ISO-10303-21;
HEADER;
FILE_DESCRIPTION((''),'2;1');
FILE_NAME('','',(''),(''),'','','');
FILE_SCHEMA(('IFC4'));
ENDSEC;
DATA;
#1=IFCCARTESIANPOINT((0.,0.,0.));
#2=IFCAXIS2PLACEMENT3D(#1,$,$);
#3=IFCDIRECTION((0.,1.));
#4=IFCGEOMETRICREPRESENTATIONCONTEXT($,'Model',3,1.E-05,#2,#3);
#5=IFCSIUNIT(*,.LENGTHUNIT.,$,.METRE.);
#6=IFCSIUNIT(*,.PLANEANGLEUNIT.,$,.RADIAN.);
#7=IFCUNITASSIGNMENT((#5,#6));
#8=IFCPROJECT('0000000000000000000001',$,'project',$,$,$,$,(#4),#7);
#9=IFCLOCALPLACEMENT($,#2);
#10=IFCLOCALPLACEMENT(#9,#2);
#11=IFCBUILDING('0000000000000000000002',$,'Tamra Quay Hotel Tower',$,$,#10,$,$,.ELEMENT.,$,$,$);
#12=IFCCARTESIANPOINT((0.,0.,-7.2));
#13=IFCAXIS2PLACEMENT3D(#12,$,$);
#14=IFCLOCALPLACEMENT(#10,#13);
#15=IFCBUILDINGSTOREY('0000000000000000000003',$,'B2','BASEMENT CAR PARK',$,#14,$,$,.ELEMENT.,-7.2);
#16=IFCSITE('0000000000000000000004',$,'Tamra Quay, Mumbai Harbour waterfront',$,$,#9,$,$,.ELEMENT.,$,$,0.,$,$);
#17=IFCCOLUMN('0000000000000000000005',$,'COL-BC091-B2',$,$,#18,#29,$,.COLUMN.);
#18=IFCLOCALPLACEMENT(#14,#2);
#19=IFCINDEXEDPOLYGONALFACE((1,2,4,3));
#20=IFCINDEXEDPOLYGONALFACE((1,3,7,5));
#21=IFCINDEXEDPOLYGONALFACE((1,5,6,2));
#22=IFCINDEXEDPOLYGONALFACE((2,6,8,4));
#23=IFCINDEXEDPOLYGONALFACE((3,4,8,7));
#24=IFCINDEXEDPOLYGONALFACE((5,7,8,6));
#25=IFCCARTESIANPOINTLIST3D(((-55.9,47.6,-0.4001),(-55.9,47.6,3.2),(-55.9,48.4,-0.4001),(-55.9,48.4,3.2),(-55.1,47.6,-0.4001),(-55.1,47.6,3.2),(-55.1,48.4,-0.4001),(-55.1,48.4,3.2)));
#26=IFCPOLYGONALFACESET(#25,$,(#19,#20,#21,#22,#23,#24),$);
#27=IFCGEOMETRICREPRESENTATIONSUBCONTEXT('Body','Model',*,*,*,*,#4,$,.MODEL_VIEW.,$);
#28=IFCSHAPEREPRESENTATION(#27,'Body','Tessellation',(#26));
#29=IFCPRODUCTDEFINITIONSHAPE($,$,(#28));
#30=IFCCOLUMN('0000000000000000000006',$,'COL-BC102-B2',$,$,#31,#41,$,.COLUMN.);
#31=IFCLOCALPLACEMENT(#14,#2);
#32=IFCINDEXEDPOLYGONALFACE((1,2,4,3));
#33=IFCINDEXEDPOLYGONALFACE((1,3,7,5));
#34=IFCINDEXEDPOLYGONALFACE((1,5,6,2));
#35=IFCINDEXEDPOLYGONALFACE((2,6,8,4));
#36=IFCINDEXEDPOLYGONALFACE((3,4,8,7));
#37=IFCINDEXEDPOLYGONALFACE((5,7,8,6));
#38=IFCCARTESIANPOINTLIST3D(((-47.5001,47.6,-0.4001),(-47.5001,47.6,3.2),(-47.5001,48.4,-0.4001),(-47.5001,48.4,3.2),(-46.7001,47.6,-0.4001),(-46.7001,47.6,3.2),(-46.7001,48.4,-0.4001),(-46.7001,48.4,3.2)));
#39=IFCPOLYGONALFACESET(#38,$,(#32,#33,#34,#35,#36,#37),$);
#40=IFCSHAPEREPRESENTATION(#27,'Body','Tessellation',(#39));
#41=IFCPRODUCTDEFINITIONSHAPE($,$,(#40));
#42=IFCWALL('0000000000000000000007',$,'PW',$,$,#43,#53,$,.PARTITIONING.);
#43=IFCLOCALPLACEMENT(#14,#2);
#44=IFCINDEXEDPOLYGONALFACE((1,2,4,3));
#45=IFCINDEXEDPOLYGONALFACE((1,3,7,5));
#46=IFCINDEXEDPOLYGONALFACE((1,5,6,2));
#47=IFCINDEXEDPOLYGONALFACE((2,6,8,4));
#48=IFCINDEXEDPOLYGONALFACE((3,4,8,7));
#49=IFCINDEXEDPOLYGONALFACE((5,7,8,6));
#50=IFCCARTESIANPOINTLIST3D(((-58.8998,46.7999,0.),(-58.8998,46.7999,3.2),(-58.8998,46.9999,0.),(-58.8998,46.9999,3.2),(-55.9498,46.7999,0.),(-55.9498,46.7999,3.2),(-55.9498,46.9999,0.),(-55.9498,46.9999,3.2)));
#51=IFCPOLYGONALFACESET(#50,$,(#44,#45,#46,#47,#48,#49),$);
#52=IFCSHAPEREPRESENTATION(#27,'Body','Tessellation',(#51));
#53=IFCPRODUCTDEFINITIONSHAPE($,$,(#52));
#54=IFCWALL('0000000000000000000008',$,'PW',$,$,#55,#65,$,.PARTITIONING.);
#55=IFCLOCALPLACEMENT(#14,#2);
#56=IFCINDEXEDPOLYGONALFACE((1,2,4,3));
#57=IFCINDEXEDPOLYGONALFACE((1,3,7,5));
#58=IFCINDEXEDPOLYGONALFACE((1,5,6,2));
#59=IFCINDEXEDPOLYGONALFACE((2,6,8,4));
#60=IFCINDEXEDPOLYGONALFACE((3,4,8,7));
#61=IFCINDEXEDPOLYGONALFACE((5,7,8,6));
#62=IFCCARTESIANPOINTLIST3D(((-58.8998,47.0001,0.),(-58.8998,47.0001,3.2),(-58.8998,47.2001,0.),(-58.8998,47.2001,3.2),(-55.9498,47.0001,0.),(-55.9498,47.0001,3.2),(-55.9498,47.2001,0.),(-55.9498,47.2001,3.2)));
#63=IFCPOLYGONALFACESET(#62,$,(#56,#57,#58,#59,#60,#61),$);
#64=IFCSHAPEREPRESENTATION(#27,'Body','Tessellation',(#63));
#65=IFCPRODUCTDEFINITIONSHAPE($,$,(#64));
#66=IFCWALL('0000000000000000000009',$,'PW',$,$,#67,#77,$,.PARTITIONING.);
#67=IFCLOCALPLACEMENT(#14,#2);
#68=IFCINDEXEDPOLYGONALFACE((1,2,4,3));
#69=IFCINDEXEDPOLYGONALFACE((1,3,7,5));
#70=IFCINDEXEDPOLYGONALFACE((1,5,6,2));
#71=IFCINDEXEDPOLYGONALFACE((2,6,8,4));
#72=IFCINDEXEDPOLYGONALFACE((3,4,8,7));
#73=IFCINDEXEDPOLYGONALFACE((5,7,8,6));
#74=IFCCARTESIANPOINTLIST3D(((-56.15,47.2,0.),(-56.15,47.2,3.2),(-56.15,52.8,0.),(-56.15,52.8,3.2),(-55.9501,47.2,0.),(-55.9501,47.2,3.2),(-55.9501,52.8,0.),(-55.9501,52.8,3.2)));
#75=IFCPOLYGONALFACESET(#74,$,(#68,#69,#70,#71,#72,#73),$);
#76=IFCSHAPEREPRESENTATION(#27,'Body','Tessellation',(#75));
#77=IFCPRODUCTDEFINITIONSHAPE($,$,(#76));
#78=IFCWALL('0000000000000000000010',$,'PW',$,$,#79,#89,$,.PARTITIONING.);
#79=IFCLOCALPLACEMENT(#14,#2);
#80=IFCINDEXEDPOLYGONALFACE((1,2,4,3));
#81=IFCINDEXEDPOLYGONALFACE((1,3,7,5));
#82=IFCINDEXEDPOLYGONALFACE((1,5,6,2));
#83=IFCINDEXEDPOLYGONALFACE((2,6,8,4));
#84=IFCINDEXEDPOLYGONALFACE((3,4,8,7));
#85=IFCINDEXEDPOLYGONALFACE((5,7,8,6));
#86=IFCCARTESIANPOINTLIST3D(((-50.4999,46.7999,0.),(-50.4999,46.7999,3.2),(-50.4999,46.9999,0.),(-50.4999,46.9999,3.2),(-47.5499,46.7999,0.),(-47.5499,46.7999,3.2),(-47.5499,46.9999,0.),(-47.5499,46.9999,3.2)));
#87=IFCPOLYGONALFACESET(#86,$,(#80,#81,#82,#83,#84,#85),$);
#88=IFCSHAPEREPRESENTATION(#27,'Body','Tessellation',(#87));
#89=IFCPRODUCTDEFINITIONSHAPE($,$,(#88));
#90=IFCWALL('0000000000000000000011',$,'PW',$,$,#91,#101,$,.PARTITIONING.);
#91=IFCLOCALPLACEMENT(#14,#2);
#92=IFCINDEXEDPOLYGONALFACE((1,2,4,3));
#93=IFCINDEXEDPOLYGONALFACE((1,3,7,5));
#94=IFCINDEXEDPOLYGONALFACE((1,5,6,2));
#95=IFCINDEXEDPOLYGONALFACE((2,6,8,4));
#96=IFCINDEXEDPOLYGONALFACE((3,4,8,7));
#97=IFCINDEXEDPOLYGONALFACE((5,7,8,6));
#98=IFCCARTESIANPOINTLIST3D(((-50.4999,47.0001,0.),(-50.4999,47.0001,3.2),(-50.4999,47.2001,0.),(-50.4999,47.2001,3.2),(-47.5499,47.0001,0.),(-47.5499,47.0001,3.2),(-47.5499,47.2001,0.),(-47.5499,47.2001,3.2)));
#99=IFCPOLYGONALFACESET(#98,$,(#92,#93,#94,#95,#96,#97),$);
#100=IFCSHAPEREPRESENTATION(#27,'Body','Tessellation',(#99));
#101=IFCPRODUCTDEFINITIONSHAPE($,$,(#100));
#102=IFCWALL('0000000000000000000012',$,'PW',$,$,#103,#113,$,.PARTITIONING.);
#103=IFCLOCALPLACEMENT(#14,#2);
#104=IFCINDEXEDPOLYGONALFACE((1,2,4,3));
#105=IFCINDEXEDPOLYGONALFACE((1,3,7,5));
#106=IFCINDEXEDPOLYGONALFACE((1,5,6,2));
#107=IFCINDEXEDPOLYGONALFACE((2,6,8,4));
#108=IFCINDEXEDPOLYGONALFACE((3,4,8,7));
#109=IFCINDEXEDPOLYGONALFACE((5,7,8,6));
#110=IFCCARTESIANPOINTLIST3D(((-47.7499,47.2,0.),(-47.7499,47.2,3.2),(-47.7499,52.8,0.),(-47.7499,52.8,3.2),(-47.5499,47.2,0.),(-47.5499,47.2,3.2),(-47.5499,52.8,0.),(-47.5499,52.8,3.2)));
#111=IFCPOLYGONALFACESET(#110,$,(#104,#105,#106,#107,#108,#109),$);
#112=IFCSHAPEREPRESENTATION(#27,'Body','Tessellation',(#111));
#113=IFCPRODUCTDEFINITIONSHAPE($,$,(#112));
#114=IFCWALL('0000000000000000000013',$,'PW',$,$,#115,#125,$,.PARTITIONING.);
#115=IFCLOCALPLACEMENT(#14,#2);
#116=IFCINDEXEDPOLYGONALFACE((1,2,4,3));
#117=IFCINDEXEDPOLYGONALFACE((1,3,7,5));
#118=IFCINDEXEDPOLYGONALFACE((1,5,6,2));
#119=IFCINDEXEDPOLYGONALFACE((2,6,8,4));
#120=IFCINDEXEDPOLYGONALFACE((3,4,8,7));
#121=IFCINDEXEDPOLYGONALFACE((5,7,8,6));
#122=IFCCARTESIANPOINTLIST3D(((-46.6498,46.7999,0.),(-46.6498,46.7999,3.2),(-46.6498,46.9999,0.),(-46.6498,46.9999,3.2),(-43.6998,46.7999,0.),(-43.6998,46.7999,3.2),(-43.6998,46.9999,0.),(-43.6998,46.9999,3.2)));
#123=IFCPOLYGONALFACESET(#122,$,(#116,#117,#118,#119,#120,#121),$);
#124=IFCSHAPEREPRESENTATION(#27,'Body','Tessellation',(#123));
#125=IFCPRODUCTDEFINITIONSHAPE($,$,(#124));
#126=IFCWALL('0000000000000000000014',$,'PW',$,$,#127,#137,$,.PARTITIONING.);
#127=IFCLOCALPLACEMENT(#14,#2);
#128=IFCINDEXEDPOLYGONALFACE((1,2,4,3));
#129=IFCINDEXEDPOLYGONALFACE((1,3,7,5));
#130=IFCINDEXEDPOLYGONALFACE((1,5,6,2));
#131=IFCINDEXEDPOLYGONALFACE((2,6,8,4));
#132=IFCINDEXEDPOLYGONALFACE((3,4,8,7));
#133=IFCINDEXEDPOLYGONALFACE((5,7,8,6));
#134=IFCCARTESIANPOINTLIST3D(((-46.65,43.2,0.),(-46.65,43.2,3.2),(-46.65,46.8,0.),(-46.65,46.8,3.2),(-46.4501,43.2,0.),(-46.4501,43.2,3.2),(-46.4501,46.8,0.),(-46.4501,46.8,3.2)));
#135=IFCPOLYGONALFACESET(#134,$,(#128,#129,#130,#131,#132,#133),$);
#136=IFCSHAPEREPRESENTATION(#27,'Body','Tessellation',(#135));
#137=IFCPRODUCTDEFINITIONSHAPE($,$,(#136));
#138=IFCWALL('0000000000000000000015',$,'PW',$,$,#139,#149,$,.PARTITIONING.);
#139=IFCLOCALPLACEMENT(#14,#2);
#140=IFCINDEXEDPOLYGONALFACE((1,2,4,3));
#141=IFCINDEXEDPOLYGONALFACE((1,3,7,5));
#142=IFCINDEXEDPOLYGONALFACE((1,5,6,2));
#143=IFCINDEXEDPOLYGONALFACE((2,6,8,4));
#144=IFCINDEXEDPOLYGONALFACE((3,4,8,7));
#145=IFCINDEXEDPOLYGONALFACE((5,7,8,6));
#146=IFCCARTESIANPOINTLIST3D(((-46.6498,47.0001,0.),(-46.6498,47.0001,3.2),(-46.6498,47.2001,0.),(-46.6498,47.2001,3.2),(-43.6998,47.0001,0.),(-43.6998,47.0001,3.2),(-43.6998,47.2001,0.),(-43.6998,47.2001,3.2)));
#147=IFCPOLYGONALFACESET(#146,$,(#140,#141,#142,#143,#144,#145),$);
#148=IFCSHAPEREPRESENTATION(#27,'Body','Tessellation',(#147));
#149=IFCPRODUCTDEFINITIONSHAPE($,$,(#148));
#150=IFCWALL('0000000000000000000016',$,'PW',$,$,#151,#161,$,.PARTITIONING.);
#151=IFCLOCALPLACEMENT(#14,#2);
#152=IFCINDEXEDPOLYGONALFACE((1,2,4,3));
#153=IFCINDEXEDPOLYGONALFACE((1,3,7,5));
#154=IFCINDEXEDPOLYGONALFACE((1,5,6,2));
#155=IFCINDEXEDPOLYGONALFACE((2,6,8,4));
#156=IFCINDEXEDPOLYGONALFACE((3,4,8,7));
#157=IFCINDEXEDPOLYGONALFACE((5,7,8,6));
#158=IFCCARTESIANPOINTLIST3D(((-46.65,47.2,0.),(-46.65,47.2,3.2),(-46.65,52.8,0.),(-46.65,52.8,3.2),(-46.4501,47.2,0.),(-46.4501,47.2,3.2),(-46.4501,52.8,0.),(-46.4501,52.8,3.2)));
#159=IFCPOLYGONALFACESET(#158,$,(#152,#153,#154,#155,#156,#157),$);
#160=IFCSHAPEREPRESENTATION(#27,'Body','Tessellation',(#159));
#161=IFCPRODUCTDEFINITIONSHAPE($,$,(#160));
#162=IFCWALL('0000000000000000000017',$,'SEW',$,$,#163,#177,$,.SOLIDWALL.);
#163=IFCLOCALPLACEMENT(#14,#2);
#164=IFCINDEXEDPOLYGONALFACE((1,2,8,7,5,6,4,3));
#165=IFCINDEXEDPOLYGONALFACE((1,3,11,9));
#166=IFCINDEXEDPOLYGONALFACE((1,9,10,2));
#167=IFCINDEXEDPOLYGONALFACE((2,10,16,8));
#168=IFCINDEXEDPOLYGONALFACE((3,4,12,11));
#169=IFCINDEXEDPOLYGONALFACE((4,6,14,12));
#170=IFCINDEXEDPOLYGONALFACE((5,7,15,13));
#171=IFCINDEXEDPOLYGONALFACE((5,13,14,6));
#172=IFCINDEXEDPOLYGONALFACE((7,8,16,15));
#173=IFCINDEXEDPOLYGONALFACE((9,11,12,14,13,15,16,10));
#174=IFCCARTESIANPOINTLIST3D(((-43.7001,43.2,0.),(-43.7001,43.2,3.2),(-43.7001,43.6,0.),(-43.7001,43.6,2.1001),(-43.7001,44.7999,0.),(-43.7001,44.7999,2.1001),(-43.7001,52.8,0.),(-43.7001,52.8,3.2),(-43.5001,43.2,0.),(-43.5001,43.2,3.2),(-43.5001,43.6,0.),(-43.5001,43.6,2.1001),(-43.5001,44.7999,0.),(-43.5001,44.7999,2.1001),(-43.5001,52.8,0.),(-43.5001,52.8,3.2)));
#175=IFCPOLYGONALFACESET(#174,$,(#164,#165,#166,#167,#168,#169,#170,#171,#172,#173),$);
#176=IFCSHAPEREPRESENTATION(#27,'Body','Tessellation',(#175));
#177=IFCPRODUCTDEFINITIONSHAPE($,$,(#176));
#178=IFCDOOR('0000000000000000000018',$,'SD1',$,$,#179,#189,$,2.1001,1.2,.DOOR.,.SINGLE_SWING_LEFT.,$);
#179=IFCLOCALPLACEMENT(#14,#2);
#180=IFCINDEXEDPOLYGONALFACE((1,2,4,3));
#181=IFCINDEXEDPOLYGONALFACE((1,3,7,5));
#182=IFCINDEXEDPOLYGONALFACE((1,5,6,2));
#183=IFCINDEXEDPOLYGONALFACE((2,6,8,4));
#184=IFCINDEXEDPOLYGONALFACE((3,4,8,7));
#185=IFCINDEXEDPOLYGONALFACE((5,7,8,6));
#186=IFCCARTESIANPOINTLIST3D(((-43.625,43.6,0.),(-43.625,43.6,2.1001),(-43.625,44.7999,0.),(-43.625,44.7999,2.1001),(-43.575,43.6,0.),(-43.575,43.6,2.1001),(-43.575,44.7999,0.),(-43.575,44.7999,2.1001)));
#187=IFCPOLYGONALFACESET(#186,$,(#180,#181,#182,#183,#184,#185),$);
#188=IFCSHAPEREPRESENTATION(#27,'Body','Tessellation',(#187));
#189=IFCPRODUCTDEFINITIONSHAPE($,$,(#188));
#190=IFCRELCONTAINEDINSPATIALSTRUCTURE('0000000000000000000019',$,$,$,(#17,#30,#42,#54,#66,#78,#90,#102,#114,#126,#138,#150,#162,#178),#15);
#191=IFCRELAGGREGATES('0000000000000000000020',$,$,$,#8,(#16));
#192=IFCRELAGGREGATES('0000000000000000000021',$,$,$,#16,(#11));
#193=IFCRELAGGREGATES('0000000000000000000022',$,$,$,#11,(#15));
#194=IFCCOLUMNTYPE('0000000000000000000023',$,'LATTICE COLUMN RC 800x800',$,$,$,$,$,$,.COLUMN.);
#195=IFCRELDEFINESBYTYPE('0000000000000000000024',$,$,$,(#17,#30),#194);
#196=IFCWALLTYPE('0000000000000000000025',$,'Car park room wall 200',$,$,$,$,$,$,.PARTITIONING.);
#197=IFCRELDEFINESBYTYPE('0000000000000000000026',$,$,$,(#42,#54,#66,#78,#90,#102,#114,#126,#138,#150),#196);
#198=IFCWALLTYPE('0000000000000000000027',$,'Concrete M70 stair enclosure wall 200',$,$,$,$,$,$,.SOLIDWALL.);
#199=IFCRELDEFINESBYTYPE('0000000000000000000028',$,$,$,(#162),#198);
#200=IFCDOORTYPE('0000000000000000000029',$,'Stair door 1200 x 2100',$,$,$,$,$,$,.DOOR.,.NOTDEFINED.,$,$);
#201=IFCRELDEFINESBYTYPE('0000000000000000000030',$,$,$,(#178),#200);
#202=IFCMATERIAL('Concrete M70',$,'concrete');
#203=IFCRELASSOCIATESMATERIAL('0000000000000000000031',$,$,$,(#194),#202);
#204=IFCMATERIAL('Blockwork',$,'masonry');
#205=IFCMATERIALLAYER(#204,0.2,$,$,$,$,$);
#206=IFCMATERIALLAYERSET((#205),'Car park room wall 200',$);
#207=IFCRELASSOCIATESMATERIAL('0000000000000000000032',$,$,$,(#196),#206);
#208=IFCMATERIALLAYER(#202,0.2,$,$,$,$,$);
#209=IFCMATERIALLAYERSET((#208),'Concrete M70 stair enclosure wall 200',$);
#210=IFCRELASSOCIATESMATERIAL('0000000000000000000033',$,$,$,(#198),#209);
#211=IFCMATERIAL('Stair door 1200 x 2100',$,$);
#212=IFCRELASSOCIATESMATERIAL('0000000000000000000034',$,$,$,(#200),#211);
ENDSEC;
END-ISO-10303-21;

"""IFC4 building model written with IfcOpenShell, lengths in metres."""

from ifc_helpers import new_model, si_unit, direction, frame, frame_2d, origin, origin_2d, place, context, subcontext, project, spatial, rectangle, extrude, material, layer, layer_set, material_profile, profile_set, type_object, element, fill, save


model = new_model("IFC4")

# Units and contexts
model_context = context("Model", 3, precision=1e-05, world=origin(), true_north=direction((0.0, 1.0)))
body_context = subcontext(model_context, "Body", "Model", "MODEL_VIEW")
ifc_project = project(units=[si_unit("LENGTHUNIT", "METRE"), si_unit("PLANEANGLEUNIT", "RADIAN")], contexts=[model_context])

# Site, building, storey
site_placement = place(None, origin())
site = spatial("IfcSite", under=ifc_project, at=site_placement, Name="Tamra Quay, Mumbai Harbour waterfront", CompositionType="ELEMENT", RefElevation=0.0)
building_placement = place(site_placement, origin())
building = spatial("IfcBuilding", under=site, at=building_placement, Name="Tamra Quay Hotel Tower", CompositionType="ELEMENT")
storey_placement = place(building_placement, frame((0.0, 0.0, -7.2)))
storey = spatial("IfcBuildingStorey", under=building, at=storey_placement, Name="B2", Description="BASEMENT CAR PARK", CompositionType="ELEMENT", Elevation=-7.2)

# Columns
ifc_material_1 = material(Name="Concrete M70", Category="concrete")
ifc_material_profile = material_profile(ifc_material_1, rectangle(XDim=0.8, YDim=0.8, at=origin_2d()), Name="LATTICE COLUMN RC 800x800")
ifc_profile_set = profile_set([ifc_material_profile], Name="Concrete M70")
column_type = type_object("IfcColumnType", Name="LATTICE COLUMN RC 800x800", PredefinedType="COLUMN", material=ifc_profile_set)
for number, where, z_axis, x_axis, name in (
    (1, (-55.5, 48.0, -0.4001), (0.0, 0.0, 1.0), (1.0, 0.0, 0.0), "COL-BC091-B2"),
    (2, (-47.1001, 48.0, -0.4001), (0.0, 0.0, 1.0), (1.0, 0.0, 0.0), "COL-BC102-B2"),
):
    element("IfcColumn", number, at=place(storey_placement, frame(where, z_axis=z_axis, x_axis=x_axis)), inside=storey, type_object=column_type, Name=name, PredefinedType="COLUMN", context=body_context, shape_type="SweptSolid", body=[
        extrude(rectangle(XDim=0.8, YDim=0.8, at=origin_2d()), origin(), (0.0, 0.0, 1.0), 3.6001),
    ])

# Walls
ifc_material_2 = material(Name="Blockwork", Category="masonry")
ifc_layer_1 = layer(ifc_material_2, 0.2)
ifc_layer_set_1 = layer_set([ifc_layer_1], Name="Car park room wall 200")
wall_type_1 = type_object("IfcWallType", Name="Car park room wall 200", PredefinedType="PARTITIONING", material=ifc_layer_set_1)
for number, where, z_axis, x_axis, name in (
    (3, (-58.8999, 46.8999, 0.0), (0.0, 0.0, 1.0), (1.0, 0.0, 0.0), "PW"),
    (4, (-58.8999, 47.1001, 0.0), (0.0, 0.0, 1.0), (1.0, 0.0, 0.0), "PW"),
):
    element("IfcWall", number, at=place(storey_placement, frame(where, z_axis=z_axis, x_axis=x_axis)), inside=storey, type_object=wall_type_1, Name=name, PredefinedType="PARTITIONING", context=body_context, shape_type="SweptSolid", body=[
        extrude(rectangle(XDim=2.95, YDim=0.2, at=frame_2d((1.4751, 0.0))), origin(), (0.0, 0.0, 1.0), 3.2),
    ])
wall_1_placement = place(storey_placement, frame((-56.05, 47.2, 0.0), z_axis=(0.0, 0.0, 1.0), x_axis=(0.0, 1.0, 0.0)))
element("IfcWall", 5, at=wall_1_placement, inside=storey, type_object=wall_type_1, Name="PW", PredefinedType="PARTITIONING", context=body_context, shape_type="SweptSolid", body=[
    extrude(rectangle(XDim=5.6001, YDim=0.2, at=frame_2d((2.8, 0.0))), origin(), (0.0, 0.0, 1.0), 3.2),
])
for number, where, z_axis, x_axis, name in (
    (6, (-50.5, 46.8999, 0.0), (0.0, 0.0, 1.0), (1.0, 0.0, 0.0), "PW"),
    (7, (-50.5, 47.1001, 0.0), (0.0, 0.0, 1.0), (1.0, 0.0, 0.0), "PW"),
):
    element("IfcWall", number, at=place(storey_placement, frame(where, z_axis=z_axis, x_axis=x_axis)), inside=storey, type_object=wall_type_1, Name=name, PredefinedType="PARTITIONING", context=body_context, shape_type="SweptSolid", body=[
        extrude(rectangle(XDim=2.95, YDim=0.2, at=frame_2d((1.4751, 0.0))), origin(), (0.0, 0.0, 1.0), 3.2),
    ])
wall_2_placement = place(storey_placement, frame((-47.6499, 47.2, 0.0), z_axis=(0.0, 0.0, 1.0), x_axis=(0.0, 1.0, 0.0)))
element("IfcWall", 8, at=wall_2_placement, inside=storey, type_object=wall_type_1, Name="PW", PredefinedType="PARTITIONING", context=body_context, shape_type="SweptSolid", body=[
    extrude(rectangle(XDim=5.6001, YDim=0.2, at=frame_2d((2.8, 0.0))), origin(), (0.0, 0.0, 1.0), 3.2),
])
wall_3_placement = place(storey_placement, frame((-46.6499, 46.8999, 0.0), z_axis=(0.0, 0.0, 1.0), x_axis=(1.0, 0.0, 0.0)))
element("IfcWall", 9, at=wall_3_placement, inside=storey, type_object=wall_type_1, Name="PW", PredefinedType="PARTITIONING", context=body_context, shape_type="SweptSolid", body=[
    extrude(rectangle(XDim=2.95, YDim=0.2, at=frame_2d((1.4751, 0.0))), origin(), (0.0, 0.0, 1.0), 3.2),
])
wall_4_placement = place(storey_placement, frame((-46.55, 43.2, 0.0), z_axis=(0.0, 0.0, 1.0), x_axis=(0.0, 1.0, 0.0)))
element("IfcWall", 10, at=wall_4_placement, inside=storey, type_object=wall_type_1, Name="PW", PredefinedType="PARTITIONING", context=body_context, shape_type="SweptSolid", body=[
    extrude(rectangle(XDim=3.6001, YDim=0.2, at=frame_2d((1.8, 0.0))), origin(), (0.0, 0.0, 1.0), 3.2),
])
wall_5_placement = place(storey_placement, frame((-46.6499, 47.1001, 0.0), z_axis=(0.0, 0.0, 1.0), x_axis=(1.0, 0.0, 0.0)))
element("IfcWall", 11, at=wall_5_placement, inside=storey, type_object=wall_type_1, Name="PW", PredefinedType="PARTITIONING", context=body_context, shape_type="SweptSolid", body=[
    extrude(rectangle(XDim=2.95, YDim=0.2, at=frame_2d((1.4751, 0.0))), origin(), (0.0, 0.0, 1.0), 3.2),
])
wall_6_placement = place(storey_placement, frame((-46.55, 47.2, 0.0), z_axis=(0.0, 0.0, 1.0), x_axis=(0.0, 1.0, 0.0)))
element("IfcWall", 12, at=wall_6_placement, inside=storey, type_object=wall_type_1, Name="PW", PredefinedType="PARTITIONING", context=body_context, shape_type="SweptSolid", body=[
    extrude(rectangle(XDim=5.6001, YDim=0.2, at=frame_2d((2.8, 0.0))), origin(), (0.0, 0.0, 1.0), 3.2),
])

# Wall, opening, door
ifc_layer_2 = layer(ifc_material_1, 0.2)
ifc_layer_set_2 = layer_set([ifc_layer_2], Name="Concrete M70 stair enclosure wall 200")
wall_type_2 = type_object("IfcWallType", Name="Concrete M70 stair enclosure wall 200", PredefinedType="SOLIDWALL", material=ifc_layer_set_2)
wall_7_placement = place(storey_placement, frame((-43.6001, 43.2, 0.0), z_axis=(0.0, 0.0, 1.0), x_axis=(0.0, 1.0, 0.0)))
wall_7 = element("IfcWall", 13, at=wall_7_placement, inside=storey, type_object=wall_type_2, Name="SEW", PredefinedType="SOLIDWALL", context=body_context, shape_type="SweptSolid", body=[
    extrude(rectangle(XDim=9.6001, YDim=0.2, at=frame_2d((4.8, 0.0))), origin(), (0.0, 0.0, 1.0), 3.2),
])
opening_placement = place(wall_7_placement, frame((0.3999, 0.0, 0.0)))
opening = element("IfcOpeningElement", 14, at=opening_placement, cuts=wall_7, PredefinedType="OPENING", context=body_context, shape_type="SweptSolid", body=[
    extrude(rectangle(XDim=1.2, YDim=2.1001, at=frame_2d((0.6001, 1.05))), frame((0.0, 0.1099, 0.0), z_axis=(0.0, -1.0, 0.0), x_axis=(1.0, 0.0, 0.0)), (0.0, 0.0, 1.0), 0.22),
])
ifc_material_3 = material(Name="Stair door 1200 x 2100")
door_type = type_object("IfcDoorType", Name="Stair door 1200 x 2100", OperationType="NOTDEFINED", PredefinedType="DOOR", material=ifc_material_3)
door_placement = place(opening_placement, origin())
door = element("IfcDoor", 15, at=door_placement, inside=storey, type_object=door_type, Name="SD1", OperationType="SINGLE_SWING_LEFT", OverallHeight=2.1001, OverallWidth=1.2, PredefinedType="DOOR", context=body_context, shape_type="SweptSolid", body=[
    extrude(rectangle(XDim=1.2, YDim=2.1001, at=frame_2d((0.6001, 1.05))), frame((0.0, 0.0249, 0.0), z_axis=(0.0, -1.0, 0.0), x_axis=(1.0, 0.0, 0.0)), (0.0, 0.0, 1.0), 0.05),
])
fill(opening, door)

save(model, "model.ifc")
